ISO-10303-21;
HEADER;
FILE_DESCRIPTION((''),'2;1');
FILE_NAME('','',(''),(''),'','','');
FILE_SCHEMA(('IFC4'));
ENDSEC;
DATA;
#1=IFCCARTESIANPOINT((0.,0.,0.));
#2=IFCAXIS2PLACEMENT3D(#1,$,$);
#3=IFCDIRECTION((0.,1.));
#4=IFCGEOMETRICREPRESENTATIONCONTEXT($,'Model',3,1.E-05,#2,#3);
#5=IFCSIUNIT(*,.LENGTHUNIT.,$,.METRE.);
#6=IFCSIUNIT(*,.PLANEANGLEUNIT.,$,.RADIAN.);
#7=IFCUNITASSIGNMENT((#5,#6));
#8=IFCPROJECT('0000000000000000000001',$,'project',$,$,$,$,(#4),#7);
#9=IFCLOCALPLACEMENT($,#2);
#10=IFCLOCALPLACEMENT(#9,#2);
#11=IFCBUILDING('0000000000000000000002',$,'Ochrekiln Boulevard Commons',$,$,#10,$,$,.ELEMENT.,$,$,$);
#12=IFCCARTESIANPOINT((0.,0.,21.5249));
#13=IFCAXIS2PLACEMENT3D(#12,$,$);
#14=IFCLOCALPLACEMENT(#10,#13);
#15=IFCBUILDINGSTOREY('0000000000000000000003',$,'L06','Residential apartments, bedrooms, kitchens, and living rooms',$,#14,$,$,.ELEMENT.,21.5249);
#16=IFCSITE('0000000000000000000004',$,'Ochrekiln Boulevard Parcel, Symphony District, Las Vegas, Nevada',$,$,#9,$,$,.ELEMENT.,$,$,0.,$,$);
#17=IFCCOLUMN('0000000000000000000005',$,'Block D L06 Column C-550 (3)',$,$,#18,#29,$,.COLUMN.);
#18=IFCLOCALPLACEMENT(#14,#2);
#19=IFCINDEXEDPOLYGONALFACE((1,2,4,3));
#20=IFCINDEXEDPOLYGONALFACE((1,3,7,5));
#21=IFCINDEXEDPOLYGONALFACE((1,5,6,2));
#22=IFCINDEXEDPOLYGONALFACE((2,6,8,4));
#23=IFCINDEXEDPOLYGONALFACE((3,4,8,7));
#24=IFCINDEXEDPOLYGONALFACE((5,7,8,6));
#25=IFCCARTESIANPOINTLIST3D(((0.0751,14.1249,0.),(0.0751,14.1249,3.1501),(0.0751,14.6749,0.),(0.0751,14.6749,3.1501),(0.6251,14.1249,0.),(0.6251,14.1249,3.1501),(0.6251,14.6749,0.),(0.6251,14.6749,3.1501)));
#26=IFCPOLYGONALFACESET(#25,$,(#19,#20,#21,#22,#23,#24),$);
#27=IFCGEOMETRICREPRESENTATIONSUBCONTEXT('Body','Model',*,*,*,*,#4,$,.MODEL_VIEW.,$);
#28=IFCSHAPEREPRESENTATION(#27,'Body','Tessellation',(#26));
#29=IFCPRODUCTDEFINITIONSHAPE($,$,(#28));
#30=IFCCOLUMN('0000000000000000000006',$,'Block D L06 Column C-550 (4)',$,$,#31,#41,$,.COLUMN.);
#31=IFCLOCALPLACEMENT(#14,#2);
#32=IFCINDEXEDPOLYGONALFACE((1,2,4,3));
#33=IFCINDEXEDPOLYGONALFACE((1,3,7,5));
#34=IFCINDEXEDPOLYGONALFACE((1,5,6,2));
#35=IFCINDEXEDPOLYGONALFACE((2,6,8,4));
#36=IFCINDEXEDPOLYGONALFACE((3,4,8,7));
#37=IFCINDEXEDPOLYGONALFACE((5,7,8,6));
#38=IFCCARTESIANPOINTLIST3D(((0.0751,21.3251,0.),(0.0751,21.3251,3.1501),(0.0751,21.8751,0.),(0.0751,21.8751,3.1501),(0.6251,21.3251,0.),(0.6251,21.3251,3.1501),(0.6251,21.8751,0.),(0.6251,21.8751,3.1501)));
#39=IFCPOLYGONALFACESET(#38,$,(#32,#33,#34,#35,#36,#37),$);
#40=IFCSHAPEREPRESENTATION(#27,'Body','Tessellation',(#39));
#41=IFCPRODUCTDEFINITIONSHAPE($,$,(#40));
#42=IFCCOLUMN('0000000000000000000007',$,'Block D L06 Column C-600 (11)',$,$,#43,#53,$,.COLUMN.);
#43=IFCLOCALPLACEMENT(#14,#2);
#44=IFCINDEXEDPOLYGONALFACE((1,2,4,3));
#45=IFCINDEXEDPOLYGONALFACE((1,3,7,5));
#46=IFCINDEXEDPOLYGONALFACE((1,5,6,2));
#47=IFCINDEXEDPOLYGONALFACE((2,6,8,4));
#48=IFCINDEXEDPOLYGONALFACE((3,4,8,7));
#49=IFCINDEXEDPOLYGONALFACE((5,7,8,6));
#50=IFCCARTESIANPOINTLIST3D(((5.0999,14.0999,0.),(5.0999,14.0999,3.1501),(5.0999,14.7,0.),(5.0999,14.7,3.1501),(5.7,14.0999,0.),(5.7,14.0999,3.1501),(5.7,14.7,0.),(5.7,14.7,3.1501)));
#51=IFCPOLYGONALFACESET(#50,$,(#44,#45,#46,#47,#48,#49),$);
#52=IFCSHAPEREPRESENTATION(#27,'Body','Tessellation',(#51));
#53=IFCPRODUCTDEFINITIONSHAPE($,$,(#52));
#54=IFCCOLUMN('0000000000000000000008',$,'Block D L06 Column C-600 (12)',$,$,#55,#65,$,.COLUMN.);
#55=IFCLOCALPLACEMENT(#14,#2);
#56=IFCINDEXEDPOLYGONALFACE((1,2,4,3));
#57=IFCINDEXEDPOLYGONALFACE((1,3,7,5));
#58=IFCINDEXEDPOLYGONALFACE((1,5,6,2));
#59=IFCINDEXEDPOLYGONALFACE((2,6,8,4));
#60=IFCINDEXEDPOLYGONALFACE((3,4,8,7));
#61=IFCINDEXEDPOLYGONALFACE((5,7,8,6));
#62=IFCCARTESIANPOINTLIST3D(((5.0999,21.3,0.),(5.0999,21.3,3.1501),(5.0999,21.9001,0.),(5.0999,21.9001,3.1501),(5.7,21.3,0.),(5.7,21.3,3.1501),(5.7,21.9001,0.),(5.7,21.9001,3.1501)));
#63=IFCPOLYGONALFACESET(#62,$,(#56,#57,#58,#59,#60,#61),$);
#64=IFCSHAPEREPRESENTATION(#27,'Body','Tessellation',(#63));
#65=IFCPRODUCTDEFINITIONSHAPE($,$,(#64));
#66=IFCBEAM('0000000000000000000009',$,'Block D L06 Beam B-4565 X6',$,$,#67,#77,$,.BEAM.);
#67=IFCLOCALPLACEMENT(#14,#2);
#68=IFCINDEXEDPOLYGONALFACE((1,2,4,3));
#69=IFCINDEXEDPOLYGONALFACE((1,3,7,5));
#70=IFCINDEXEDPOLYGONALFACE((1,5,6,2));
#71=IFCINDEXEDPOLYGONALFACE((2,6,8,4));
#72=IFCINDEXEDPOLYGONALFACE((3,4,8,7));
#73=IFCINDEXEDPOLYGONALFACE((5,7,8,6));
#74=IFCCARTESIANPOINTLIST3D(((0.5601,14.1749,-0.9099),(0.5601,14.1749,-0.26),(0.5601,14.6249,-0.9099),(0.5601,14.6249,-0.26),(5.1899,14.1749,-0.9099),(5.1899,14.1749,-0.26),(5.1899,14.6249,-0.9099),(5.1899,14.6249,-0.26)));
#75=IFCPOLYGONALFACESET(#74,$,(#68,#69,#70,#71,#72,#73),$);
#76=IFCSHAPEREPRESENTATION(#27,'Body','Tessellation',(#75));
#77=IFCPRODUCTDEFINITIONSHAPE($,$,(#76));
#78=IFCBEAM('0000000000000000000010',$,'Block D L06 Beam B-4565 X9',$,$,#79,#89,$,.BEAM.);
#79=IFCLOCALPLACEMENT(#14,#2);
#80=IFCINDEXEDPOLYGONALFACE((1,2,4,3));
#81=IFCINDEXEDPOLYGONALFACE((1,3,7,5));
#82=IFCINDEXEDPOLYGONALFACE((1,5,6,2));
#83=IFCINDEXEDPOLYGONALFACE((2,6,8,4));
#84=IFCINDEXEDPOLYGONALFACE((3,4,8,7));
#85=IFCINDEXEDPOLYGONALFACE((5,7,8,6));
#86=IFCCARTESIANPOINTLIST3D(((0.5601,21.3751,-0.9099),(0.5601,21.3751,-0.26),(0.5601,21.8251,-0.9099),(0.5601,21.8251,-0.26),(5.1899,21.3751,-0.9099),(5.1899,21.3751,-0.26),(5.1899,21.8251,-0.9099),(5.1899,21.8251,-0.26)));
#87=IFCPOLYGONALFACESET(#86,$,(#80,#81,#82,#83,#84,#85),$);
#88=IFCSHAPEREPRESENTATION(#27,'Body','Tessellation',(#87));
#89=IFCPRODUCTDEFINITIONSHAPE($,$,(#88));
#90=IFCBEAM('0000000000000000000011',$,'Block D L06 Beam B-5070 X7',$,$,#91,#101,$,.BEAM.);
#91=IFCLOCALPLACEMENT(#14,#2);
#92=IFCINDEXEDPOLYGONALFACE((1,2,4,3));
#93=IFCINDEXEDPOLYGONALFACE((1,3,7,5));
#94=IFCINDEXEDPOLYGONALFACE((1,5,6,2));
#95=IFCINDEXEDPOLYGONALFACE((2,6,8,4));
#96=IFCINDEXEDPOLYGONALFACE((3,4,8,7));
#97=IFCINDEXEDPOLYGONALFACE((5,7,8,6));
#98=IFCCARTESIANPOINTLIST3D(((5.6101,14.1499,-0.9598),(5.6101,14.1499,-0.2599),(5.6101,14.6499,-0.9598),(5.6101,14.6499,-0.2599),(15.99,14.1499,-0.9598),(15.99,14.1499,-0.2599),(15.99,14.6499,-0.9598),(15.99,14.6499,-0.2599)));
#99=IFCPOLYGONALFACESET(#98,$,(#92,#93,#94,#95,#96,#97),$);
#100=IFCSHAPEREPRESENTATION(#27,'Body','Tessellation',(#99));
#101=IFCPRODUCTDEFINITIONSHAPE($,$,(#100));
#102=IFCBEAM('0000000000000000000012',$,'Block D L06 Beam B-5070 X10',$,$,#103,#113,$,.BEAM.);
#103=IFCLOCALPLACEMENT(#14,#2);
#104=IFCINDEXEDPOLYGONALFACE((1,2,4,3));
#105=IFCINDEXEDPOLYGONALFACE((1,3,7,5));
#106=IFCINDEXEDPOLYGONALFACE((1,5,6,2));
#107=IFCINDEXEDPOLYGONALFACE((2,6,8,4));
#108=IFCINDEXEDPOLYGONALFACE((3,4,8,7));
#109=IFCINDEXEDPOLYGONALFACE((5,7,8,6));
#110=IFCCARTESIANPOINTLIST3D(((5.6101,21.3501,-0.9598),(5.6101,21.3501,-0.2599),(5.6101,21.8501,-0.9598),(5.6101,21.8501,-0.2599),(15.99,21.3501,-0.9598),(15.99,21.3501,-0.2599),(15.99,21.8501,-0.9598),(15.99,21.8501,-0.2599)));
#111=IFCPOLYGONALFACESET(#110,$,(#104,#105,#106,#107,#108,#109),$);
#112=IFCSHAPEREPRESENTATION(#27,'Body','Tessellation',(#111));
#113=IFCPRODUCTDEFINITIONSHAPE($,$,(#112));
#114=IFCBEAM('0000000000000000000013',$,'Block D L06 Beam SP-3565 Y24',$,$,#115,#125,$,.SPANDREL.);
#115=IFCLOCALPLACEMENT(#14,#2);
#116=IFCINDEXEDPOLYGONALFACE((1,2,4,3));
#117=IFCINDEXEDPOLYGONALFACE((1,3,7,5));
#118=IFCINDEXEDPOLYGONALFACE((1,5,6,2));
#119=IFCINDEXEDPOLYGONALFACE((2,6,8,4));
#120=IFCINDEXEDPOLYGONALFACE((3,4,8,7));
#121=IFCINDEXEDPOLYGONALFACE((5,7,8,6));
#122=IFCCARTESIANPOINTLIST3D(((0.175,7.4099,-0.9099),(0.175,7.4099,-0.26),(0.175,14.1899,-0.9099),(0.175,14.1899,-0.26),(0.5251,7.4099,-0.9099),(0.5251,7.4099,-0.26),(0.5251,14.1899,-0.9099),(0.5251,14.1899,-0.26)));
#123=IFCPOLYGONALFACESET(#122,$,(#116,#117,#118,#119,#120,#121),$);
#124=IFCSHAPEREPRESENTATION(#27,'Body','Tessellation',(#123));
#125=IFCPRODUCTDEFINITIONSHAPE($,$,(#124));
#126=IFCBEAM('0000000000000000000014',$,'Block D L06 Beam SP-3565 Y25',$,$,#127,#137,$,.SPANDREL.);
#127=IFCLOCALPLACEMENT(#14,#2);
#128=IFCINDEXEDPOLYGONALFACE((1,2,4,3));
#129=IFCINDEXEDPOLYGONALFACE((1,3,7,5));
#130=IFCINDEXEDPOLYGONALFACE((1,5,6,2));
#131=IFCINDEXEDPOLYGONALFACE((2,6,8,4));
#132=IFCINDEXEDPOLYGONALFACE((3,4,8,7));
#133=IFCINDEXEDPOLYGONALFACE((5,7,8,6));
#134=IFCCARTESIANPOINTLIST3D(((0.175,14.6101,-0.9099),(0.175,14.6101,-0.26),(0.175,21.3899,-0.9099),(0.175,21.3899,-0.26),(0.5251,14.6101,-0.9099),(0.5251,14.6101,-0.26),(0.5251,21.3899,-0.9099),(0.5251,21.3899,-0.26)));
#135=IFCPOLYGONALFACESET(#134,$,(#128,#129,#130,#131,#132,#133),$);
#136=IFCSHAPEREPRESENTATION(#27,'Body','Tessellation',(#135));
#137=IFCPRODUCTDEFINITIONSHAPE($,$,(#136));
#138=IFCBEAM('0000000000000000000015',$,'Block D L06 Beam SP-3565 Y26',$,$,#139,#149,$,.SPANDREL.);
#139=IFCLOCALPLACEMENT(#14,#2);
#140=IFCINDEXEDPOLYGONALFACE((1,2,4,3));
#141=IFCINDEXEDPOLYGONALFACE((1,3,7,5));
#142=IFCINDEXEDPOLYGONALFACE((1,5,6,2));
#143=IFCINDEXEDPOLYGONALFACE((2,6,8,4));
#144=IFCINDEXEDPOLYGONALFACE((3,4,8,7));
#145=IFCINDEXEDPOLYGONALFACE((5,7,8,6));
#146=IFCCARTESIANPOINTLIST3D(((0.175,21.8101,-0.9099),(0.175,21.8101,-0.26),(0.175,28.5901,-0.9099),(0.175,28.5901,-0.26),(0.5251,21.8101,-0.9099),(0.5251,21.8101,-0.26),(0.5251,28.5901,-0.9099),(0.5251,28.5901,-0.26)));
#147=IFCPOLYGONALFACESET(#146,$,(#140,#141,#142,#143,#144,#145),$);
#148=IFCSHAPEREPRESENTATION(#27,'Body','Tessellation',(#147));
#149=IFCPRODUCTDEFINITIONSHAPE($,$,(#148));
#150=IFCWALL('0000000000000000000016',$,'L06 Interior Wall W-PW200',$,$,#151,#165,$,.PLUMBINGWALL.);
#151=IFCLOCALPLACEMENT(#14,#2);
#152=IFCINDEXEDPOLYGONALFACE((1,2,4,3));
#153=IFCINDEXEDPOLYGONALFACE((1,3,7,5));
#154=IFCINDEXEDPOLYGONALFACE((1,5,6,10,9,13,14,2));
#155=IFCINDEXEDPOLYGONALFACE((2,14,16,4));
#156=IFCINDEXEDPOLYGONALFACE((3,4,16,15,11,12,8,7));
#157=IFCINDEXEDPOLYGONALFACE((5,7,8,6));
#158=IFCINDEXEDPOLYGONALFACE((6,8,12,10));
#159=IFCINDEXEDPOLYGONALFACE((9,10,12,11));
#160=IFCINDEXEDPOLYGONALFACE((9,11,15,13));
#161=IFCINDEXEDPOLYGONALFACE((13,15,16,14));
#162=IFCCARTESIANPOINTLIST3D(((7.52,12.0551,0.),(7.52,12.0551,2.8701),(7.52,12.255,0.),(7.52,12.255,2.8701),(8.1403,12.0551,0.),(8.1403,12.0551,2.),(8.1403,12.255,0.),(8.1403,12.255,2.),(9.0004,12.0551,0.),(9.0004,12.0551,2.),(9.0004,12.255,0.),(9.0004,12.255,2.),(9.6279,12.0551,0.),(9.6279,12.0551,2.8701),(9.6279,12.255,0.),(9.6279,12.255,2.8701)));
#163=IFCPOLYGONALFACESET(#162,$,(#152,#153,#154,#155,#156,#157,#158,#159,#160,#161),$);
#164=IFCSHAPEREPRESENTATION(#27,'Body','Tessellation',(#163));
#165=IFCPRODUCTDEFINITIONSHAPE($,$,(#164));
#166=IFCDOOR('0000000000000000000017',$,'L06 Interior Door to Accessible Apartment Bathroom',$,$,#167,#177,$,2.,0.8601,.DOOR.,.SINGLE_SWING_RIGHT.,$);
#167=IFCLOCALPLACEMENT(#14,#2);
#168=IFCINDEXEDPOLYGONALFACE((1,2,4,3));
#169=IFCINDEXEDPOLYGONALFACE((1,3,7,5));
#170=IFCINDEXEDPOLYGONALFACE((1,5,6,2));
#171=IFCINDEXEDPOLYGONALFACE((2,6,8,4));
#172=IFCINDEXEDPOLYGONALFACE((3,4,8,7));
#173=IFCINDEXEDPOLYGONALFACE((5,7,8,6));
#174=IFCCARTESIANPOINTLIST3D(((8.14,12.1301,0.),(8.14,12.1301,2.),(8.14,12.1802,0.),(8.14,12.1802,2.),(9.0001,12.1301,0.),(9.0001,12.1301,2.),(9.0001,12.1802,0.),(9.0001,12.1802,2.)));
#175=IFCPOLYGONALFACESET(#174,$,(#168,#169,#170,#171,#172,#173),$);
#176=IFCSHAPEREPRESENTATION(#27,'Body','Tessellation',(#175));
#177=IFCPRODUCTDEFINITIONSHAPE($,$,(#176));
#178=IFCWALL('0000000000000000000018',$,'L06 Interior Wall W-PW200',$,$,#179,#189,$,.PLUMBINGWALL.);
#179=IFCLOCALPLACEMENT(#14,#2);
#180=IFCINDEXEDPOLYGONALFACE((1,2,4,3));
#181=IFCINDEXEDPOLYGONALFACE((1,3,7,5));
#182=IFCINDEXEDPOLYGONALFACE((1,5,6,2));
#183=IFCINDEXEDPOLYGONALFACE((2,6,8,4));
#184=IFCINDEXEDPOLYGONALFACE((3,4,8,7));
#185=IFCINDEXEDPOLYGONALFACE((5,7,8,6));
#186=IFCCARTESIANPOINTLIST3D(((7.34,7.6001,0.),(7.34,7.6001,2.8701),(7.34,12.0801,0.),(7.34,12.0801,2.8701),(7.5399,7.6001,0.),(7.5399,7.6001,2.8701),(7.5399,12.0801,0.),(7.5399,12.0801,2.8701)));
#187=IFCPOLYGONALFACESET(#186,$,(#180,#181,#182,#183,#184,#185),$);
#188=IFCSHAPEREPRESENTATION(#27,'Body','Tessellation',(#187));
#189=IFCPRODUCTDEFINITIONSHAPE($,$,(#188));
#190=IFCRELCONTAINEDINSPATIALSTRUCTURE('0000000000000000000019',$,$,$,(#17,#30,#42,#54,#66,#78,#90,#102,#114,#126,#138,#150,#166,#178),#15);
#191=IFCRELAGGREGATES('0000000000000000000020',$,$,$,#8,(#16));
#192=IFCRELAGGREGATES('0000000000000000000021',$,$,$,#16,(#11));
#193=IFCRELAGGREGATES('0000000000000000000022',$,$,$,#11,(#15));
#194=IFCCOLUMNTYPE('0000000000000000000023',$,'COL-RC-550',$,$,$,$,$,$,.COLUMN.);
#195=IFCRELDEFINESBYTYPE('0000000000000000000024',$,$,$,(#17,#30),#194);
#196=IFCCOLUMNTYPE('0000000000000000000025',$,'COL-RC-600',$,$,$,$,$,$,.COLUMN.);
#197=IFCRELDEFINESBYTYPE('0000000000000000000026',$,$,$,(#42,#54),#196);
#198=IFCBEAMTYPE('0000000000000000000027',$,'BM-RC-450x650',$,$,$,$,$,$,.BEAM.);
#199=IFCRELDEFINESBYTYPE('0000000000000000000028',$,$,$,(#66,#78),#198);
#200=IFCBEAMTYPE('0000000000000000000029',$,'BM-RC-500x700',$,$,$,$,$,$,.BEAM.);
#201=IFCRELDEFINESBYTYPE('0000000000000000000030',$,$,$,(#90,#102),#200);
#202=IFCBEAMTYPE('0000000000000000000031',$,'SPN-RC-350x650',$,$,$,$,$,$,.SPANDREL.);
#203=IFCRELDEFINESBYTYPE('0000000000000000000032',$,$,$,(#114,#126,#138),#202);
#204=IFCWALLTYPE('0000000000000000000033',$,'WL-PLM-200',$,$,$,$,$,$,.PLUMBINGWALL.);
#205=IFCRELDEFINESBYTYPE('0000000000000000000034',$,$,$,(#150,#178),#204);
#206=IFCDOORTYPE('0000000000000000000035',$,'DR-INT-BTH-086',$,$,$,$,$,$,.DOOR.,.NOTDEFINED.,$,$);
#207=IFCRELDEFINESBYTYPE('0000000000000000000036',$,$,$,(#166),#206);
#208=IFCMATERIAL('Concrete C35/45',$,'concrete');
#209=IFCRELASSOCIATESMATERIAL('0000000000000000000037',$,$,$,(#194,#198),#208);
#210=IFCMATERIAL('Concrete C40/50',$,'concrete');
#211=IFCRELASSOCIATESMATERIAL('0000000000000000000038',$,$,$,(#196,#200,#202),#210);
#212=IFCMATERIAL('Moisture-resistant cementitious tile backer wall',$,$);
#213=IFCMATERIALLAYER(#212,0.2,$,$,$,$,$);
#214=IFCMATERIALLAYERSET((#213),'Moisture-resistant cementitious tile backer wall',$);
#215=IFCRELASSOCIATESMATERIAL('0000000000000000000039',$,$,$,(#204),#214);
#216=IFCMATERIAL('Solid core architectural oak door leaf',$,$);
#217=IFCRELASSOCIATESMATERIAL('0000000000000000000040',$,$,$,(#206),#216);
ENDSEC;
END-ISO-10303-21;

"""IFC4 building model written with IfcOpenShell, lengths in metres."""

from ifc_helpers import new_model, si_unit, direction, frame, frame_2d, origin, origin_2d, place, context, subcontext, project, spatial, rectangle, extrude, material, layer, layer_set, material_profile, profile_set, type_object, element, fill, save


model = new_model("IFC4")

# Units and contexts
model_context = context("Model", 3, precision=1e-05, world=origin(), true_north=direction((0.0, 1.0)))
body_context = subcontext(model_context, "Body", "Model", "MODEL_VIEW")
ifc_project = project(units=[si_unit("LENGTHUNIT", "METRE"), si_unit("PLANEANGLEUNIT", "RADIAN")], contexts=[model_context])

# Site, building, storey
site_placement = place(None, origin())
site = spatial("IfcSite", under=ifc_project, at=site_placement, Name="Ochrekiln Boulevard Parcel, Symphony District, Las Vegas, Nevada", CompositionType="ELEMENT", RefElevation=0.0)
building_placement = place(site_placement, origin())
building = spatial("IfcBuilding", under=site, at=building_placement, Name="Ochrekiln Boulevard Commons", CompositionType="ELEMENT")
storey_placement = place(building_placement, frame((0.0, 0.0, 21.5249)))
storey = spatial("IfcBuildingStorey", under=building, at=storey_placement, Name="L06", Description="Residential apartments, bedrooms, kitchens, and living rooms", CompositionType="ELEMENT", Elevation=21.5249)

# Columns
ifc_material_1 = material(Name="Concrete C35/45", Category="concrete")
ifc_material_profile_1 = material_profile(ifc_material_1, rectangle(XDim=0.55, YDim=0.55, at=origin_2d()), Name="RC-COL-550x550")
ifc_profile_set_1 = profile_set([ifc_material_profile_1], Name="Concrete C35/45")
column_type_1 = type_object("IfcColumnType", Name="COL-RC-550", PredefinedType="COLUMN", material=ifc_profile_set_1)
for number, where, z_axis, x_axis, name in (
    (1, (0.3501, 14.3999, 0.0), (0.0, 0.0, 1.0), (1.0, 0.0, 0.0), "Block D L06 Column C-550 (3)"),
    (2, (0.3501, 21.6001, 0.0), (0.0, 0.0, 1.0), (1.0, 0.0, 0.0), "Block D L06 Column C-550 (4)"),
):
    element("IfcColumn", number, at=place(storey_placement, frame(where, z_axis=z_axis, x_axis=x_axis)), inside=storey, type_object=column_type_1, Name=name, PredefinedType="COLUMN", context=body_context, shape_type="SweptSolid", body=[
        extrude(rectangle(XDim=0.55, YDim=0.55, at=origin_2d()), origin(), (0.0, 0.0, 1.0), 3.1501),
    ])
ifc_material_2 = material(Name="Concrete C40/50", Category="concrete")
ifc_material_profile_2 = material_profile(ifc_material_2, rectangle(XDim=0.6001, YDim=0.6001, at=origin_2d()), Name="RC-COL-600x600")
ifc_profile_set_2 = profile_set([ifc_material_profile_2], Name="Concrete C40/50")
column_type_2 = type_object("IfcColumnType", Name="COL-RC-600", PredefinedType="COLUMN", material=ifc_profile_set_2)
for number, where, z_axis, x_axis, name in (
    (3, (5.3999, 14.3999, 0.0), (0.0, 0.0, 1.0), (1.0, 0.0, 0.0), "Block D L06 Column C-600 (11)"),
    (4, (5.3999, 21.6001, 0.0), (0.0, 0.0, 1.0), (1.0, 0.0, 0.0), "Block D L06 Column C-600 (12)"),
):
    element("IfcColumn", number, at=place(storey_placement, frame(where, z_axis=z_axis, x_axis=x_axis)), inside=storey, type_object=column_type_2, Name=name, PredefinedType="COLUMN", context=body_context, shape_type="SweptSolid", body=[
        extrude(rectangle(XDim=0.6001, YDim=0.6001, at=origin_2d()), origin(), (0.0, 0.0, 1.0), 3.1501),
    ])

# Beams
ifc_material_profile_3 = material_profile(ifc_material_1, rectangle(XDim=0.45, YDim=0.6499, at=origin_2d()), Name="RC-BM-450x650")
ifc_profile_set_3 = profile_set([ifc_material_profile_3], Name="Concrete C35/45")
beam_type_1 = type_object("IfcBeamType", Name="BM-RC-450x650", PredefinedType="BEAM", material=ifc_profile_set_3)
for number, where, z_axis, x_axis, name in (
    (5, (0.5601, 14.3999, -0.585), (1.0, 0.0, 0.0), (0.0, 1.0, 0.0), "Block D L06 Beam B-4565 X6"),
    (6, (0.5601, 21.6001, -0.585), (1.0, 0.0, 0.0), (0.0, 1.0, 0.0), "Block D L06 Beam B-4565 X9"),
):
    element("IfcBeam", number, at=place(storey_placement, frame(where, z_axis=z_axis, x_axis=x_axis)), inside=storey, type_object=beam_type_1, Name=name, PredefinedType="BEAM", context=body_context, shape_type="SweptSolid", body=[
        extrude(rectangle(XDim=0.45, YDim=0.6499, at=origin_2d()), origin(), (0.0, 0.0, 1.0), 4.6299),
    ])
ifc_material_profile_4 = material_profile(ifc_material_2, rectangle(XDim=0.5, YDim=0.7, at=origin_2d()), Name="RC-BM-500x700")
ifc_profile_set_4 = profile_set([ifc_material_profile_4], Name="Concrete C40/50")
beam_type_2 = type_object("IfcBeamType", Name="BM-RC-500x700", PredefinedType="BEAM", material=ifc_profile_set_4)
for number, where, z_axis, x_axis, name in (
    (7, (5.6101, 14.3999, -0.6099), (1.0, 0.0, 0.0), (0.0, 1.0, 0.0), "Block D L06 Beam B-5070 X7"),
    (8, (5.6101, 21.6001, -0.6099), (1.0, 0.0, 0.0), (0.0, 1.0, 0.0), "Block D L06 Beam B-5070 X10"),
):
    element("IfcBeam", number, at=place(storey_placement, frame(where, z_axis=z_axis, x_axis=x_axis)), inside=storey, type_object=beam_type_2, Name=name, PredefinedType="BEAM", context=body_context, shape_type="SweptSolid", body=[
        extrude(rectangle(XDim=0.5, YDim=0.7, at=origin_2d()), origin(), (0.0, 0.0, 1.0), 10.3799),
    ])
ifc_material_profile_5 = material_profile(ifc_material_2, rectangle(XDim=0.3501, YDim=0.6499, at=origin_2d()), Name="RC-SPN-350x650")
ifc_profile_set_5 = profile_set([ifc_material_profile_5], Name="Concrete C40/50")
beam_type_3 = type_object("IfcBeamType", Name="SPN-RC-350x650", PredefinedType="SPANDREL", material=ifc_profile_set_5)
beam_1_placement = place(storey_placement, frame((0.3501, 7.4099, -0.585), z_axis=(0.0, 1.0, 0.0), x_axis=(-1.0, 0.0, 0.0)))
element("IfcBeam", 9, at=beam_1_placement, inside=storey, type_object=beam_type_3, Name="Block D L06 Beam SP-3565 Y24", PredefinedType="SPANDREL", context=body_context, shape_type="SweptSolid", body=[
    extrude(rectangle(XDim=0.3501, YDim=0.6499, at=origin_2d()), origin(), (0.0, 0.0, 1.0), 6.78),
])
beam_2_placement = place(storey_placement, frame((0.3501, 14.6101, -0.585), z_axis=(0.0, 1.0, 0.0), x_axis=(-1.0, 0.0, 0.0)))
element("IfcBeam", 10, at=beam_2_placement, inside=storey, type_object=beam_type_3, Name="Block D L06 Beam SP-3565 Y25", PredefinedType="SPANDREL", context=body_context, shape_type="SweptSolid", body=[
    extrude(rectangle(XDim=0.3501, YDim=0.6499, at=origin_2d()), origin(), (0.0, 0.0, 1.0), 6.7798),
])
beam_3_placement = place(storey_placement, frame((0.3501, 21.8101, -0.585), z_axis=(0.0, 1.0, 0.0), x_axis=(-1.0, 0.0, 0.0)))
element("IfcBeam", 11, at=beam_3_placement, inside=storey, type_object=beam_type_3, Name="Block D L06 Beam SP-3565 Y26", PredefinedType="SPANDREL", context=body_context, shape_type="SweptSolid", body=[
    extrude(rectangle(XDim=0.3501, YDim=0.6499, at=origin_2d()), origin(), (0.0, 0.0, 1.0), 6.78),
])

# Wall, opening, door
ifc_material_3 = material(Name="Moisture-resistant cementitious tile backer wall")
ifc_layer_1 = layer(ifc_material_3, 0.2)
ifc_layer_set_1 = layer_set([ifc_layer_1], Name="Moisture-resistant cementitious tile backer wall")
wall_type_1 = type_object("IfcWallType", Name="WL-PLM-200", PredefinedType="PLUMBINGWALL", material=ifc_layer_set_1)
wall_1_placement = place(storey_placement, frame((7.52, 12.155, 0.0), z_axis=(0.0, 0.0, 1.0), x_axis=(1.0, 0.0, 0.0)))
wall_1 = element("IfcWall", 12, at=wall_1_placement, inside=storey, type_object=wall_type_1, Name="L06 Interior Wall W-PW200", PredefinedType="PLUMBINGWALL", context=body_context, shape_type="SweptSolid", body=[
    extrude(rectangle(XDim=2.1079, YDim=0.2, at=frame_2d((1.054, 0.0))), origin(), (0.0, 0.0, 1.0), 2.8701),
])
opening_1_placement = place(wall_1_placement, frame((0.6201, 0.0, 0.0)))
opening_1 = element("IfcOpeningElement", 13, at=opening_1_placement, cuts=wall_1, PredefinedType="OPENING", context=body_context, shape_type="SweptSolid", body=[
    extrude(rectangle(XDim=0.8601, YDim=2.0, at=frame_2d((0.4302, 1.0))), frame((0.0, 0.1099, 0.0), z_axis=(0.0, -1.0, 0.0), x_axis=(1.0, 0.0, 0.0)), (0.0, 0.0, 1.0), 0.22),
])
ifc_material_4 = material(Name="Solid core architectural oak door leaf")
door_type_1 = type_object("IfcDoorType", Name="DR-INT-BTH-086", OperationType="NOTDEFINED", PredefinedType="DOOR", material=ifc_material_4)
door_1_placement = place(opening_1_placement, frame((0.8601, 0.0, 0.0), z_axis=(0.0, 0.0, 1.0), x_axis=(-1.0, 0.0, 0.0)))
door_1 = element("IfcDoor", 14, at=door_1_placement, inside=storey, type_object=door_type_1, Name="L06 Interior Door to Accessible Apartment Bathroom", OperationType="SINGLE_SWING_RIGHT", OverallHeight=2.0, OverallWidth=0.8601, PredefinedType="DOOR", context=body_context, shape_type="SweptSolid", body=[
    extrude(rectangle(XDim=0.8601, YDim=2.0, at=frame_2d((0.4302, 1.0))), frame((0.0, 0.0249, 0.0), z_axis=(0.0, -1.0, 0.0), x_axis=(1.0, 0.0, 0.0)), (0.0, 0.0, 1.0), 0.05),
])
fill(opening_1, door_1)

# Wall
wall_2_placement = place(storey_placement, frame((7.4399, 7.6001, 0.0), z_axis=(0.0, 0.0, 1.0), x_axis=(0.0, 1.0, 0.0)))
element("IfcWall", 15, at=wall_2_placement, inside=storey, type_object=wall_type_1, Name="L06 Interior Wall W-PW200", PredefinedType="PLUMBINGWALL", context=body_context, shape_type="SweptSolid", body=[
    extrude(rectangle(XDim=4.48, YDim=0.2, at=frame_2d((2.24, 0.0))), origin(), (0.0, 0.0, 1.0), 2.8701),
])

save(model, "model.ifc")
